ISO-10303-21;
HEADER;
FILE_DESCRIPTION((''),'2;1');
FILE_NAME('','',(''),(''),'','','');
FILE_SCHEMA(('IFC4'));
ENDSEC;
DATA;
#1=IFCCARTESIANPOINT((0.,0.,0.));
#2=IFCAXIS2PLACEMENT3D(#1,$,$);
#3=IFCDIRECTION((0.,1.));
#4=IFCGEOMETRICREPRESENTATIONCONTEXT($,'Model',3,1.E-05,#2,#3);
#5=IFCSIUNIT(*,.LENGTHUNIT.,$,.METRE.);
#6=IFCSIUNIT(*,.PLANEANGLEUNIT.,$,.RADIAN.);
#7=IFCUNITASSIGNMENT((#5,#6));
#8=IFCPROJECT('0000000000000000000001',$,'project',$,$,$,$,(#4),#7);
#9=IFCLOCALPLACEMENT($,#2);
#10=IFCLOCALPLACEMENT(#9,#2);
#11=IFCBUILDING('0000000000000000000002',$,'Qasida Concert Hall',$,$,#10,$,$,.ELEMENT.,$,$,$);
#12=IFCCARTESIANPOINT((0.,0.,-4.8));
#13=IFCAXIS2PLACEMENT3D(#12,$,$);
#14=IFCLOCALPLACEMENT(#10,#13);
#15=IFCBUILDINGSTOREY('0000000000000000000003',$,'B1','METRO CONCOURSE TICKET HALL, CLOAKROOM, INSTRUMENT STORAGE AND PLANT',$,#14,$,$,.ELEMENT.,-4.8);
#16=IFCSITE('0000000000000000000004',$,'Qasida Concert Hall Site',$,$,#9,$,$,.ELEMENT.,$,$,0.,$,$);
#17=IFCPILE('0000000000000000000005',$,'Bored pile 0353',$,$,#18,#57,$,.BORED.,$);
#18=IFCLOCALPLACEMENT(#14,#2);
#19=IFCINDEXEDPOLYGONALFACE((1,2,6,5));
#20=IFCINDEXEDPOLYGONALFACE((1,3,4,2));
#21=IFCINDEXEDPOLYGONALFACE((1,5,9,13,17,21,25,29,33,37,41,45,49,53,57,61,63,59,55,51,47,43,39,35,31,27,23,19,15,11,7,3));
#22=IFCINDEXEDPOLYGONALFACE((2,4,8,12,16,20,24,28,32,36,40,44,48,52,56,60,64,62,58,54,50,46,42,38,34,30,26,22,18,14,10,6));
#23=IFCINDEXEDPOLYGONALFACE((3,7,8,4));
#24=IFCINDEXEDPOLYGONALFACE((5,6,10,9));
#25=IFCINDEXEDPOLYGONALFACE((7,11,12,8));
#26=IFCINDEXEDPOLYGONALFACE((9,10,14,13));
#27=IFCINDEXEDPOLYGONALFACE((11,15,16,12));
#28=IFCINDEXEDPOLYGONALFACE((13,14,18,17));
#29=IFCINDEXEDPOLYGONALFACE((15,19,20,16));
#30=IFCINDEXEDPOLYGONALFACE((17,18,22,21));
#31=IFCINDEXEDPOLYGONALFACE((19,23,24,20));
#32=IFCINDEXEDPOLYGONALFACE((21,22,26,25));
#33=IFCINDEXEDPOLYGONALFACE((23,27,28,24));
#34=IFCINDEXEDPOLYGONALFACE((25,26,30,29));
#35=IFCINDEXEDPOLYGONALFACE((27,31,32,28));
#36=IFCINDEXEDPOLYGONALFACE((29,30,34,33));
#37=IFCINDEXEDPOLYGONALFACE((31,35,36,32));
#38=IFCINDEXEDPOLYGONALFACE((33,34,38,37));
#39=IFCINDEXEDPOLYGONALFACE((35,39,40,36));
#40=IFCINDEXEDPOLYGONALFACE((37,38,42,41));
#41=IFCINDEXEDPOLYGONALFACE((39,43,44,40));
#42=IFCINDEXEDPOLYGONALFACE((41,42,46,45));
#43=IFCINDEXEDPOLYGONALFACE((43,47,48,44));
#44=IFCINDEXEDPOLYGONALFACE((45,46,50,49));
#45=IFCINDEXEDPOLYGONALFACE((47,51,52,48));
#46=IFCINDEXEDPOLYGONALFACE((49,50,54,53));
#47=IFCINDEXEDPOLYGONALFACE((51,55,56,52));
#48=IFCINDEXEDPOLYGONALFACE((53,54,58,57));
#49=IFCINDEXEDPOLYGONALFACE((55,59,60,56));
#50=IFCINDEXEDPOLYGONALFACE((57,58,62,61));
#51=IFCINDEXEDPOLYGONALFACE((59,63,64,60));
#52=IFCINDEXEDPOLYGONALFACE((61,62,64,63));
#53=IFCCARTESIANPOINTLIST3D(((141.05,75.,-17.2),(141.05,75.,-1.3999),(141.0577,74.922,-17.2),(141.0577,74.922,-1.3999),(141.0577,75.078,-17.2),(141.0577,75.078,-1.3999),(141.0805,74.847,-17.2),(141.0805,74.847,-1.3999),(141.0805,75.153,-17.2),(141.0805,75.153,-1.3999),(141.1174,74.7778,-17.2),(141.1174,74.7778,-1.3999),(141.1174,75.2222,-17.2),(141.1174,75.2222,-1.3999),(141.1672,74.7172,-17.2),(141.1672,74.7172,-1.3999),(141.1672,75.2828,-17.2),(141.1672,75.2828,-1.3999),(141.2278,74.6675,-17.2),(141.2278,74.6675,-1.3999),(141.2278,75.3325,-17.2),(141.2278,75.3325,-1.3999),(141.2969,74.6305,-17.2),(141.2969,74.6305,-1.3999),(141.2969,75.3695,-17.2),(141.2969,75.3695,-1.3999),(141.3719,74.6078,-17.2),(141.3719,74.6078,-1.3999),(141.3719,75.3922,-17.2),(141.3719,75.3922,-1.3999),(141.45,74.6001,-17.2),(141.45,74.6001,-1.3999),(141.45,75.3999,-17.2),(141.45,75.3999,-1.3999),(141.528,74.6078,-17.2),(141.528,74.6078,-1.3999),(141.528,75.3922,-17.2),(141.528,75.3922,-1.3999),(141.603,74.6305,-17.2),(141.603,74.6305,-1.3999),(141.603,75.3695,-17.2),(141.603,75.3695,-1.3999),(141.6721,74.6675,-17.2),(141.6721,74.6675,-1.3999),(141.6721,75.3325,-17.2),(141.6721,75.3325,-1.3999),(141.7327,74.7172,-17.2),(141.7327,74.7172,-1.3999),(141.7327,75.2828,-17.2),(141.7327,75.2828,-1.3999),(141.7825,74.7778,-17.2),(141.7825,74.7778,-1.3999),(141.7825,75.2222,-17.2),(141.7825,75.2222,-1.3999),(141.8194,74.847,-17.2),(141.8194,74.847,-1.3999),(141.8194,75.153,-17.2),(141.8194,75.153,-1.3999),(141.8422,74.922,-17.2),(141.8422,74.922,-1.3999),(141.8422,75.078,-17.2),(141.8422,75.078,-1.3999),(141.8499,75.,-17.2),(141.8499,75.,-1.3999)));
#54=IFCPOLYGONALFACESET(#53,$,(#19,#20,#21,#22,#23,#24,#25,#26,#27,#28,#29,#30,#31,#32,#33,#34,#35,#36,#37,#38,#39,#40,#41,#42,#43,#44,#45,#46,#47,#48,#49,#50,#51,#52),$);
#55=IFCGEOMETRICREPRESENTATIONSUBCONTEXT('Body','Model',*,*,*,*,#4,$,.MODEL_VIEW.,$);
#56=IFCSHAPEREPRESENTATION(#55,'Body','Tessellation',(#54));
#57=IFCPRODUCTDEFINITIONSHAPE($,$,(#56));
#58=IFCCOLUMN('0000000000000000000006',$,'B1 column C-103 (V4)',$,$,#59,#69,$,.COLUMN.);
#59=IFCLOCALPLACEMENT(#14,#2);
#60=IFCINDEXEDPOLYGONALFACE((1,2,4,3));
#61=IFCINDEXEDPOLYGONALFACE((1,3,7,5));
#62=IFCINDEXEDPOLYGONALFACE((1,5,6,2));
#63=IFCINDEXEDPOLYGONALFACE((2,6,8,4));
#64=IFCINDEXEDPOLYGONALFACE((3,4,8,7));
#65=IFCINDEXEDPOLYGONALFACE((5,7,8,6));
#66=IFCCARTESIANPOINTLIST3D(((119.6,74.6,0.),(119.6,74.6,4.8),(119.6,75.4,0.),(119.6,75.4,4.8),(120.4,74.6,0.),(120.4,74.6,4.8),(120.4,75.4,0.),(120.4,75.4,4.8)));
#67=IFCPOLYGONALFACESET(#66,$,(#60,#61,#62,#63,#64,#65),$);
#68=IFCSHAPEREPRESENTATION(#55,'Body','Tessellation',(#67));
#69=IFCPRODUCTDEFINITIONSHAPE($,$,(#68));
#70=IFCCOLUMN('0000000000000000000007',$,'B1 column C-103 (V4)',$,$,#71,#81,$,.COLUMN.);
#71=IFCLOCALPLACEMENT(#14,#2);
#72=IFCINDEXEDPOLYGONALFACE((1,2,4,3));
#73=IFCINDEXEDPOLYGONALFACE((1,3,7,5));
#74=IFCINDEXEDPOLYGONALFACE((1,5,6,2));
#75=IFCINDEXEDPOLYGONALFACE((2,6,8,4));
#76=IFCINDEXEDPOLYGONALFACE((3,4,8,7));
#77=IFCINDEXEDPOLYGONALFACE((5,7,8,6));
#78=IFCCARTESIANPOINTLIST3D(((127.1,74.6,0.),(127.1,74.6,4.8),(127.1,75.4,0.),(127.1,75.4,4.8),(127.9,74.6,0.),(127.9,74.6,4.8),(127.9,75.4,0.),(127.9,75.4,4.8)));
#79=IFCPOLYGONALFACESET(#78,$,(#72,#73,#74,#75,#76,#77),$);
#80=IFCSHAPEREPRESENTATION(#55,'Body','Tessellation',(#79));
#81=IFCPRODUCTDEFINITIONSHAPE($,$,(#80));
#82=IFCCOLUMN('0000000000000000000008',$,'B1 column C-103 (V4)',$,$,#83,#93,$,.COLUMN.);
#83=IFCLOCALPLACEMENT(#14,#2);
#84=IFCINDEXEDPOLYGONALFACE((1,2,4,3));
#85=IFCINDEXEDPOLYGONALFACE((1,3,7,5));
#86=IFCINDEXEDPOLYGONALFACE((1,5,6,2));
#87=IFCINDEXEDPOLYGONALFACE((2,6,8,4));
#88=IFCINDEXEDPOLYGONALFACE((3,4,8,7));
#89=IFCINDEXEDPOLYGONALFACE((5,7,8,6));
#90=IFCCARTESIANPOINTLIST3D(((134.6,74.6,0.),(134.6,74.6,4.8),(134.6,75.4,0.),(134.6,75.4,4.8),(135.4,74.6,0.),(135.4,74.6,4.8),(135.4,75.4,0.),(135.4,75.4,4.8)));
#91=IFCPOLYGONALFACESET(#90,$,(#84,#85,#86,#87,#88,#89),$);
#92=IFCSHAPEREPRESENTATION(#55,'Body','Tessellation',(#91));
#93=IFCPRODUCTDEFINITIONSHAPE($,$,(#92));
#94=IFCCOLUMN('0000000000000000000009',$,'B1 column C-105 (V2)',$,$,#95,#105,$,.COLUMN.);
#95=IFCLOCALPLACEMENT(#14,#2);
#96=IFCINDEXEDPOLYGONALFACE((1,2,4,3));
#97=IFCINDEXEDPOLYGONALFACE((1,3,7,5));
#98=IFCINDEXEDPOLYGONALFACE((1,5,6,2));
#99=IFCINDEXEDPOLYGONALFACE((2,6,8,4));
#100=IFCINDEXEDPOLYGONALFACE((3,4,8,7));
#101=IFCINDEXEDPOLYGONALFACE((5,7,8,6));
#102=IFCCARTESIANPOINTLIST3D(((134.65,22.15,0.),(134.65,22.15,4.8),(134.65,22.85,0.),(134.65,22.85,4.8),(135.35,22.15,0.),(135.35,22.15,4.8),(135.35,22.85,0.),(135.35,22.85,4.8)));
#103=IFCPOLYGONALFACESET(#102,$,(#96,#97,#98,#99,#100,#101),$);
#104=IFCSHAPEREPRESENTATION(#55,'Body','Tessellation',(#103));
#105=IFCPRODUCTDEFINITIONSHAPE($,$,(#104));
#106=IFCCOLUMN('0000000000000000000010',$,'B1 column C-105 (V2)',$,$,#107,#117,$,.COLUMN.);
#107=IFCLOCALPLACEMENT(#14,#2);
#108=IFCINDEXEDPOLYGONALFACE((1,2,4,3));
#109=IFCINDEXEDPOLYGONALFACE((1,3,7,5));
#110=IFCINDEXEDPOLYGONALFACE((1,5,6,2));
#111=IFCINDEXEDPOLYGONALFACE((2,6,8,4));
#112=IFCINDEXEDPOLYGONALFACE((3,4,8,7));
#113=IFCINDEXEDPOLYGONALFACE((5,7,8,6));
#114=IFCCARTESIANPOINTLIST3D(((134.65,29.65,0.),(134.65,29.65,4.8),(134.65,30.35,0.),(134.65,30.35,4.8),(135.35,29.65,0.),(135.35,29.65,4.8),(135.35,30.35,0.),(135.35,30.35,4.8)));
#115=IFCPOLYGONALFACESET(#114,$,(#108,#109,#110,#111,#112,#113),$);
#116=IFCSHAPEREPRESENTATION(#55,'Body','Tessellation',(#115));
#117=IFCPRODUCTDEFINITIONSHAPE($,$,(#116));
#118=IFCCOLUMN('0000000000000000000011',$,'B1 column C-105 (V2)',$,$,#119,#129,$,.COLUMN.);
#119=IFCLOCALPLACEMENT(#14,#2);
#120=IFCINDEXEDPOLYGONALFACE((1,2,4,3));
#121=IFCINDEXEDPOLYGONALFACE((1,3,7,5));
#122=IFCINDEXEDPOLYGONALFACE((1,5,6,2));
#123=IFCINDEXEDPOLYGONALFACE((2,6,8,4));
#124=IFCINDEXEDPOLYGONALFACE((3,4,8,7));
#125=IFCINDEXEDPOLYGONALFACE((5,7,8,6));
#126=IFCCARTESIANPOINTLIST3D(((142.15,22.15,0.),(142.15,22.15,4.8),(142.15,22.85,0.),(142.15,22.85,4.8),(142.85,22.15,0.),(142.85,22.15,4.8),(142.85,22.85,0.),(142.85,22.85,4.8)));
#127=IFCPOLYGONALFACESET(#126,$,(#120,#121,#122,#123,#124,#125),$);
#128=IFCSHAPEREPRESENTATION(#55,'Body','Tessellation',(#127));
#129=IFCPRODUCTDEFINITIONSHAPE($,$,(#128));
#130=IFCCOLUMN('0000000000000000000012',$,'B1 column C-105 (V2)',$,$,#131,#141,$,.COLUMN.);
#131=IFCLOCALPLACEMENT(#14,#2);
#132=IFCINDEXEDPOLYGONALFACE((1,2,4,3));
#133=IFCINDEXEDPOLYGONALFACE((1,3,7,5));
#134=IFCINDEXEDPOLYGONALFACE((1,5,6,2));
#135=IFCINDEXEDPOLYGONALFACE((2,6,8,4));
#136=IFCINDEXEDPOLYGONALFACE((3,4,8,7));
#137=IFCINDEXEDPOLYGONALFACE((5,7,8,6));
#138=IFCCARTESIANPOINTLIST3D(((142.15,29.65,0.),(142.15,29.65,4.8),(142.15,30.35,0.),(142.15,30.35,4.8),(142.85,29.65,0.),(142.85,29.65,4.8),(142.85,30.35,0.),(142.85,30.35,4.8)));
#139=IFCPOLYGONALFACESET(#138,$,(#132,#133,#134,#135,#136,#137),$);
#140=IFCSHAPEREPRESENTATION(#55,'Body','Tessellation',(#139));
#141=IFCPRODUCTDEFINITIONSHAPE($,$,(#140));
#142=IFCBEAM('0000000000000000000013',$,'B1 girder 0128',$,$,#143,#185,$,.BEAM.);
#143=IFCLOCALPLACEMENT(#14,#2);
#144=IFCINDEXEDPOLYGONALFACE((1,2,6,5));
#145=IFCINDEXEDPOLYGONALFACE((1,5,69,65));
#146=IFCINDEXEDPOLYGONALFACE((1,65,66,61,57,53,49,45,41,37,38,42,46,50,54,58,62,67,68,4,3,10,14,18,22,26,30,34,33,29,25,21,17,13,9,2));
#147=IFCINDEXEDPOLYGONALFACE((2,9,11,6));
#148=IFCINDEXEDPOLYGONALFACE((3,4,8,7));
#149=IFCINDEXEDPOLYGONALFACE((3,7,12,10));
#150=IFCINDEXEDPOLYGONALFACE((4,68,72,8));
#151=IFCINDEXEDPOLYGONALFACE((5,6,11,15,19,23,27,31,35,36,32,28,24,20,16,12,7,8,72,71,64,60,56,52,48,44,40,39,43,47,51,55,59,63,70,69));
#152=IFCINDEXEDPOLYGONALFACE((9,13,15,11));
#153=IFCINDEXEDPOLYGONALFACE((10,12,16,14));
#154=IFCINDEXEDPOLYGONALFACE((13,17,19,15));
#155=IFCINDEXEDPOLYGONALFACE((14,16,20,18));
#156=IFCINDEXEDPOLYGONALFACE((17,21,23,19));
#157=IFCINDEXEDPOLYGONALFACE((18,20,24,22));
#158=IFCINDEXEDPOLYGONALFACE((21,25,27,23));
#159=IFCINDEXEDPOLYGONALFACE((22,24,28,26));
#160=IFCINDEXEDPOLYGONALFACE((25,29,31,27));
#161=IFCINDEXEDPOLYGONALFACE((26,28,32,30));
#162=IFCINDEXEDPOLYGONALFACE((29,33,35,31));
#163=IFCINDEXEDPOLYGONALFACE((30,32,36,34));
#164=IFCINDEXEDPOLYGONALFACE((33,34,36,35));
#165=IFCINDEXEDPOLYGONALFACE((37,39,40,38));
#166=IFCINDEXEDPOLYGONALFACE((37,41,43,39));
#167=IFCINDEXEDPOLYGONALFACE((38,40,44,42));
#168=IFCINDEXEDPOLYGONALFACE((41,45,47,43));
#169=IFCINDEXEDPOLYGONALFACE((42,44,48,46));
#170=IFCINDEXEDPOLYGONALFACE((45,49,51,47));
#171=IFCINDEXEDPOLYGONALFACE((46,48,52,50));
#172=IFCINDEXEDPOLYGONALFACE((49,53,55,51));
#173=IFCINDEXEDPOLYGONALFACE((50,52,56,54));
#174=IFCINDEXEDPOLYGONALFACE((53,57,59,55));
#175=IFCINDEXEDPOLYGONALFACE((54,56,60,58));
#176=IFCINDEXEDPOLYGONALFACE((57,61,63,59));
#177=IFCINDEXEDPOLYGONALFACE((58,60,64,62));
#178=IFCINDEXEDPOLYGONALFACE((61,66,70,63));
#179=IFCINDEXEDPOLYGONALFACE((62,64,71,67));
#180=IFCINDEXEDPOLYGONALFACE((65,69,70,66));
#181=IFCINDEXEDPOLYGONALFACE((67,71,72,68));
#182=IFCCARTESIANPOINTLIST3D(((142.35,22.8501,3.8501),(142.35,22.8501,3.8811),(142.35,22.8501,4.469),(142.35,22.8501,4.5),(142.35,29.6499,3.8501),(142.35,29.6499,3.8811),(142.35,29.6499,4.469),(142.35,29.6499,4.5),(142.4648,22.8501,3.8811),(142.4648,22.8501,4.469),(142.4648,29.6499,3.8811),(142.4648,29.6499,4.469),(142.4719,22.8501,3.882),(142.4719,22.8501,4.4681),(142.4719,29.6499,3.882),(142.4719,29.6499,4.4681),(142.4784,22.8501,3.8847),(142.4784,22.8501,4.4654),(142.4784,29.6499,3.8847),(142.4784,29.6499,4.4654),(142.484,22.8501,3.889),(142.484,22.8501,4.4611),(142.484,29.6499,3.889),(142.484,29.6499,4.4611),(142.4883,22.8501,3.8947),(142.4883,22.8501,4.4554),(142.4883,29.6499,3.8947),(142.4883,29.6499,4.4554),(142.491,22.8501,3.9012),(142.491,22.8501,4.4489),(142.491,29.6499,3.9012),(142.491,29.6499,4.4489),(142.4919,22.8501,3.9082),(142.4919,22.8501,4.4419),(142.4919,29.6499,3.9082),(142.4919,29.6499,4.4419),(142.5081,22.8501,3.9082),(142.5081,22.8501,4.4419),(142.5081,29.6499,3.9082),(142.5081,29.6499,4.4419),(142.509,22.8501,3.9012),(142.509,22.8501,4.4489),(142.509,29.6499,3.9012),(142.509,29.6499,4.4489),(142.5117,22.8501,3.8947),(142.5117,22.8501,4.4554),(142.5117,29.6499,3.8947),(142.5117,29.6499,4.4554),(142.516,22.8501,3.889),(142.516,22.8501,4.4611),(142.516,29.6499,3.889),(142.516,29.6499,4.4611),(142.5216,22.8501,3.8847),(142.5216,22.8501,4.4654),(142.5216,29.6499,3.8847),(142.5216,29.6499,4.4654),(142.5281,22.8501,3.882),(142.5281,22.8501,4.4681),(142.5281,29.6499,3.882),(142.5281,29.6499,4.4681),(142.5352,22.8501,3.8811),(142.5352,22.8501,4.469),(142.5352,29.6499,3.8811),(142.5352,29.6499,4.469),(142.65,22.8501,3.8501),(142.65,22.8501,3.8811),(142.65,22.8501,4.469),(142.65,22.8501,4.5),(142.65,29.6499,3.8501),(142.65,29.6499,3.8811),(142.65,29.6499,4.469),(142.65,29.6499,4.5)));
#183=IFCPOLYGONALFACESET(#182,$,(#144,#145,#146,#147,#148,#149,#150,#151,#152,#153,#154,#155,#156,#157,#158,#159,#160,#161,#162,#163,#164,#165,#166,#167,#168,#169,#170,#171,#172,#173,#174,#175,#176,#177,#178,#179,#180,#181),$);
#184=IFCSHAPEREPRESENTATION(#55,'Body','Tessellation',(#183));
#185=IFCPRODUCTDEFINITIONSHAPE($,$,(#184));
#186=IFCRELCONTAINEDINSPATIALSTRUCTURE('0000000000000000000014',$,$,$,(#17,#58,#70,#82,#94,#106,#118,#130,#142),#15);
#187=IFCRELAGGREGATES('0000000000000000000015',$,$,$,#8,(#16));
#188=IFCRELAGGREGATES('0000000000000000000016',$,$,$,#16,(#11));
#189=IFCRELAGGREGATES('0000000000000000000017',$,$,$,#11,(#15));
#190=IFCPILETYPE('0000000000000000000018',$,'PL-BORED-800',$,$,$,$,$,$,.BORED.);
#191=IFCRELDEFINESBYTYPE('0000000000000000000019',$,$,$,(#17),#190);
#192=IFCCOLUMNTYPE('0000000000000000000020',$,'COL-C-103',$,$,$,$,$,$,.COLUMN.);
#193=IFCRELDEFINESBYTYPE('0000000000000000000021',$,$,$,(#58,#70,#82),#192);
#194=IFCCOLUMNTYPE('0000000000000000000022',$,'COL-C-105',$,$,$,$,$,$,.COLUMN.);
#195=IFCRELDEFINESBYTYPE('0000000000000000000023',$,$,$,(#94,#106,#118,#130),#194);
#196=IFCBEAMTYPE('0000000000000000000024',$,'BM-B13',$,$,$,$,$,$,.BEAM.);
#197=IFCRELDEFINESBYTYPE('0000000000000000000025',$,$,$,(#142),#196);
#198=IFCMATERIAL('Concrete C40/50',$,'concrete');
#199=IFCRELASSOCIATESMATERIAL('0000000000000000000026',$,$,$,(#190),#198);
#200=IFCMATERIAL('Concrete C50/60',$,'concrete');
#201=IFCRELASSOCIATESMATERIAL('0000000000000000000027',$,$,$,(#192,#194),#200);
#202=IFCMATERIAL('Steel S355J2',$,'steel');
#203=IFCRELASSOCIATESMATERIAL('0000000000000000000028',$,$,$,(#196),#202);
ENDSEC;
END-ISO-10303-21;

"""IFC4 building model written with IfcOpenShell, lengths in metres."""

from ifc_helpers import new_model, si_unit, direction, frame, origin, origin_2d, place, context, subcontext, project, spatial, rectangle, circle, i_section, extrude, material, material_profile, profile_set, type_object, element, save


model = new_model("IFC4")

# Units and contexts
model_context = context("Model", 3, precision=1e-05, world=origin(), true_north=direction((0.0, 1.0)))
body_context = subcontext(model_context, "Body", "Model", "MODEL_VIEW")
ifc_project = project(units=[si_unit("LENGTHUNIT", "METRE"), si_unit("PLANEANGLEUNIT", "RADIAN")], contexts=[model_context])

# Site, building, storey
site_placement = place(None, origin())
site = spatial("IfcSite", under=ifc_project, at=site_placement, Name="Qasida Concert Hall Site", CompositionType="ELEMENT", RefElevation=0.0)
building_placement = place(site_placement, origin())
building = spatial("IfcBuilding", under=site, at=building_placement, Name="Qasida Concert Hall", CompositionType="ELEMENT")
storey_placement = place(building_placement, frame((0.0, 0.0, -4.8)))
storey = spatial("IfcBuildingStorey", under=building, at=storey_placement, Name="B1", Description="METRO CONCOURSE TICKET HALL, CLOAKROOM, INSTRUMENT STORAGE AND PLANT", CompositionType="ELEMENT", Elevation=-4.8)

# Shared definitions
ifc_material_1 = material(Name="Concrete C40/50", Category="concrete")

# Pile
ifc_material_profile_1 = material_profile(ifc_material_1, circle(Radius=0.3999, at=origin_2d()), Name="BORED PILE D800")
ifc_profile_set_1 = profile_set([ifc_material_profile_1], Name="Concrete C40/50")
pile_type_1 = type_object("IfcPileType", Name="PL-BORED-800", PredefinedType="BORED", material=ifc_profile_set_1)
pile_1_placement = place(storey_placement, frame((141.45, 75.0, -1.3999), z_axis=(0.0, 0.0, -1.0), x_axis=(1.0, 0.0, 0.0)))
element("IfcPile", 1, at=pile_1_placement, inside=storey, type_object=pile_type_1, Name="Bored pile 0353", PredefinedType="BORED", context=body_context, shape_type="SweptSolid", body=[
    extrude(circle(Radius=0.3999, at=origin_2d()), origin(), (0.0, 0.0, 1.0), 15.8),
])

# Columns
ifc_material_2 = material(Name="Concrete C50/60", Category="concrete")
ifc_material_profile_2 = material_profile(ifc_material_2, rectangle(XDim=0.8, YDim=0.8, at=origin_2d()), Name="RC 800x800")
ifc_profile_set_2 = profile_set([ifc_material_profile_2], Name="Concrete C50/60")
column_type_1 = type_object("IfcColumnType", Name="COL-C-103", PredefinedType="COLUMN", material=ifc_profile_set_2)
for number, where, z_axis, x_axis, name in (
    (2, (120.0, 75.0, 0.0), (0.0, 0.0, 1.0), (1.0, 0.0, 0.0), "B1 column C-103 (V4)"),
    (3, (127.5, 75.0, 0.0), (0.0, 0.0, 1.0), (1.0, 0.0, 0.0), "B1 column C-103 (V4)"),
    (4, (135.0, 75.0, 0.0), (0.0, 0.0, 1.0), (1.0, 0.0, 0.0), "B1 column C-103 (V4)"),
):
    element("IfcColumn", number, at=place(storey_placement, frame(where, z_axis=z_axis, x_axis=x_axis)), inside=storey, type_object=column_type_1, Name=name, PredefinedType="COLUMN", context=body_context, shape_type="SweptSolid", body=[
        extrude(rectangle(XDim=0.8, YDim=0.8, at=origin_2d()), origin(), (0.0, 0.0, 1.0), 4.8),
    ])
ifc_material_profile_3 = material_profile(ifc_material_2, rectangle(XDim=0.7, YDim=0.7, at=origin_2d()), Name="RC 700x700")
ifc_profile_set_3 = profile_set([ifc_material_profile_3], Name="Concrete C50/60")
column_type_2 = type_object("IfcColumnType", Name="COL-C-105", PredefinedType="COLUMN", material=ifc_profile_set_3)
for number, where, z_axis, x_axis, name in (
    (5, (135.0, 22.5, 0.0), (0.0, 0.0, 1.0), (1.0, 0.0, 0.0), "B1 column C-105 (V2)"),
    (6, (135.0, 30.0, 0.0), (0.0, 0.0, 1.0), (1.0, 0.0, 0.0), "B1 column C-105 (V2)"),
    (7, (142.5, 22.5, 0.0), (0.0, 0.0, 1.0), (1.0, 0.0, 0.0), "B1 column C-105 (V2)"),
    (8, (142.5, 30.0, 0.0), (0.0, 0.0, 1.0), (1.0, 0.0, 0.0), "B1 column C-105 (V2)"),
):
    element("IfcColumn", number, at=place(storey_placement, frame(where, z_axis=z_axis, x_axis=x_axis)), inside=storey, type_object=column_type_2, Name=name, PredefinedType="COLUMN", context=body_context, shape_type="SweptSolid", body=[
        extrude(rectangle(XDim=0.7, YDim=0.7, at=origin_2d()), origin(), (0.0, 0.0, 1.0), 4.8),
    ])

# Beam
ifc_material_3 = material(Name="Steel S355J2", Category="steel")
ifc_material_profile_4 = material_profile(ifc_material_3, i_section(OverallWidth=0.3, OverallDepth=0.6499, WebThickness=0.0161, FlangeThickness=0.031, FilletRadius=0.0271, at=origin_2d()), Name="HEB 650")
ifc_profile_set_4 = profile_set([ifc_material_profile_4], Name="Steel S355J2")
beam_type_1 = type_object("IfcBeamType", Name="BM-B13", PredefinedType="BEAM", material=ifc_profile_set_4)
beam_1_placement = place(storey_placement, frame((142.5, 22.8501, 4.175), z_axis=(0.0, 1.0, 0.0), x_axis=(-1.0, 0.0, 0.0)))
element("IfcBeam", 9, at=beam_1_placement, inside=storey, type_object=beam_type_1, Name="B1 girder 0128", PredefinedType="BEAM", context=body_context, shape_type="SweptSolid", body=[
    extrude(i_section(OverallWidth=0.3, OverallDepth=0.6499, WebThickness=0.0161, FlangeThickness=0.031, FilletRadius=0.0271, at=origin_2d()), origin(), (0.0, 0.0, 1.0), 6.7998),
])

save(model, "model.ifc")
